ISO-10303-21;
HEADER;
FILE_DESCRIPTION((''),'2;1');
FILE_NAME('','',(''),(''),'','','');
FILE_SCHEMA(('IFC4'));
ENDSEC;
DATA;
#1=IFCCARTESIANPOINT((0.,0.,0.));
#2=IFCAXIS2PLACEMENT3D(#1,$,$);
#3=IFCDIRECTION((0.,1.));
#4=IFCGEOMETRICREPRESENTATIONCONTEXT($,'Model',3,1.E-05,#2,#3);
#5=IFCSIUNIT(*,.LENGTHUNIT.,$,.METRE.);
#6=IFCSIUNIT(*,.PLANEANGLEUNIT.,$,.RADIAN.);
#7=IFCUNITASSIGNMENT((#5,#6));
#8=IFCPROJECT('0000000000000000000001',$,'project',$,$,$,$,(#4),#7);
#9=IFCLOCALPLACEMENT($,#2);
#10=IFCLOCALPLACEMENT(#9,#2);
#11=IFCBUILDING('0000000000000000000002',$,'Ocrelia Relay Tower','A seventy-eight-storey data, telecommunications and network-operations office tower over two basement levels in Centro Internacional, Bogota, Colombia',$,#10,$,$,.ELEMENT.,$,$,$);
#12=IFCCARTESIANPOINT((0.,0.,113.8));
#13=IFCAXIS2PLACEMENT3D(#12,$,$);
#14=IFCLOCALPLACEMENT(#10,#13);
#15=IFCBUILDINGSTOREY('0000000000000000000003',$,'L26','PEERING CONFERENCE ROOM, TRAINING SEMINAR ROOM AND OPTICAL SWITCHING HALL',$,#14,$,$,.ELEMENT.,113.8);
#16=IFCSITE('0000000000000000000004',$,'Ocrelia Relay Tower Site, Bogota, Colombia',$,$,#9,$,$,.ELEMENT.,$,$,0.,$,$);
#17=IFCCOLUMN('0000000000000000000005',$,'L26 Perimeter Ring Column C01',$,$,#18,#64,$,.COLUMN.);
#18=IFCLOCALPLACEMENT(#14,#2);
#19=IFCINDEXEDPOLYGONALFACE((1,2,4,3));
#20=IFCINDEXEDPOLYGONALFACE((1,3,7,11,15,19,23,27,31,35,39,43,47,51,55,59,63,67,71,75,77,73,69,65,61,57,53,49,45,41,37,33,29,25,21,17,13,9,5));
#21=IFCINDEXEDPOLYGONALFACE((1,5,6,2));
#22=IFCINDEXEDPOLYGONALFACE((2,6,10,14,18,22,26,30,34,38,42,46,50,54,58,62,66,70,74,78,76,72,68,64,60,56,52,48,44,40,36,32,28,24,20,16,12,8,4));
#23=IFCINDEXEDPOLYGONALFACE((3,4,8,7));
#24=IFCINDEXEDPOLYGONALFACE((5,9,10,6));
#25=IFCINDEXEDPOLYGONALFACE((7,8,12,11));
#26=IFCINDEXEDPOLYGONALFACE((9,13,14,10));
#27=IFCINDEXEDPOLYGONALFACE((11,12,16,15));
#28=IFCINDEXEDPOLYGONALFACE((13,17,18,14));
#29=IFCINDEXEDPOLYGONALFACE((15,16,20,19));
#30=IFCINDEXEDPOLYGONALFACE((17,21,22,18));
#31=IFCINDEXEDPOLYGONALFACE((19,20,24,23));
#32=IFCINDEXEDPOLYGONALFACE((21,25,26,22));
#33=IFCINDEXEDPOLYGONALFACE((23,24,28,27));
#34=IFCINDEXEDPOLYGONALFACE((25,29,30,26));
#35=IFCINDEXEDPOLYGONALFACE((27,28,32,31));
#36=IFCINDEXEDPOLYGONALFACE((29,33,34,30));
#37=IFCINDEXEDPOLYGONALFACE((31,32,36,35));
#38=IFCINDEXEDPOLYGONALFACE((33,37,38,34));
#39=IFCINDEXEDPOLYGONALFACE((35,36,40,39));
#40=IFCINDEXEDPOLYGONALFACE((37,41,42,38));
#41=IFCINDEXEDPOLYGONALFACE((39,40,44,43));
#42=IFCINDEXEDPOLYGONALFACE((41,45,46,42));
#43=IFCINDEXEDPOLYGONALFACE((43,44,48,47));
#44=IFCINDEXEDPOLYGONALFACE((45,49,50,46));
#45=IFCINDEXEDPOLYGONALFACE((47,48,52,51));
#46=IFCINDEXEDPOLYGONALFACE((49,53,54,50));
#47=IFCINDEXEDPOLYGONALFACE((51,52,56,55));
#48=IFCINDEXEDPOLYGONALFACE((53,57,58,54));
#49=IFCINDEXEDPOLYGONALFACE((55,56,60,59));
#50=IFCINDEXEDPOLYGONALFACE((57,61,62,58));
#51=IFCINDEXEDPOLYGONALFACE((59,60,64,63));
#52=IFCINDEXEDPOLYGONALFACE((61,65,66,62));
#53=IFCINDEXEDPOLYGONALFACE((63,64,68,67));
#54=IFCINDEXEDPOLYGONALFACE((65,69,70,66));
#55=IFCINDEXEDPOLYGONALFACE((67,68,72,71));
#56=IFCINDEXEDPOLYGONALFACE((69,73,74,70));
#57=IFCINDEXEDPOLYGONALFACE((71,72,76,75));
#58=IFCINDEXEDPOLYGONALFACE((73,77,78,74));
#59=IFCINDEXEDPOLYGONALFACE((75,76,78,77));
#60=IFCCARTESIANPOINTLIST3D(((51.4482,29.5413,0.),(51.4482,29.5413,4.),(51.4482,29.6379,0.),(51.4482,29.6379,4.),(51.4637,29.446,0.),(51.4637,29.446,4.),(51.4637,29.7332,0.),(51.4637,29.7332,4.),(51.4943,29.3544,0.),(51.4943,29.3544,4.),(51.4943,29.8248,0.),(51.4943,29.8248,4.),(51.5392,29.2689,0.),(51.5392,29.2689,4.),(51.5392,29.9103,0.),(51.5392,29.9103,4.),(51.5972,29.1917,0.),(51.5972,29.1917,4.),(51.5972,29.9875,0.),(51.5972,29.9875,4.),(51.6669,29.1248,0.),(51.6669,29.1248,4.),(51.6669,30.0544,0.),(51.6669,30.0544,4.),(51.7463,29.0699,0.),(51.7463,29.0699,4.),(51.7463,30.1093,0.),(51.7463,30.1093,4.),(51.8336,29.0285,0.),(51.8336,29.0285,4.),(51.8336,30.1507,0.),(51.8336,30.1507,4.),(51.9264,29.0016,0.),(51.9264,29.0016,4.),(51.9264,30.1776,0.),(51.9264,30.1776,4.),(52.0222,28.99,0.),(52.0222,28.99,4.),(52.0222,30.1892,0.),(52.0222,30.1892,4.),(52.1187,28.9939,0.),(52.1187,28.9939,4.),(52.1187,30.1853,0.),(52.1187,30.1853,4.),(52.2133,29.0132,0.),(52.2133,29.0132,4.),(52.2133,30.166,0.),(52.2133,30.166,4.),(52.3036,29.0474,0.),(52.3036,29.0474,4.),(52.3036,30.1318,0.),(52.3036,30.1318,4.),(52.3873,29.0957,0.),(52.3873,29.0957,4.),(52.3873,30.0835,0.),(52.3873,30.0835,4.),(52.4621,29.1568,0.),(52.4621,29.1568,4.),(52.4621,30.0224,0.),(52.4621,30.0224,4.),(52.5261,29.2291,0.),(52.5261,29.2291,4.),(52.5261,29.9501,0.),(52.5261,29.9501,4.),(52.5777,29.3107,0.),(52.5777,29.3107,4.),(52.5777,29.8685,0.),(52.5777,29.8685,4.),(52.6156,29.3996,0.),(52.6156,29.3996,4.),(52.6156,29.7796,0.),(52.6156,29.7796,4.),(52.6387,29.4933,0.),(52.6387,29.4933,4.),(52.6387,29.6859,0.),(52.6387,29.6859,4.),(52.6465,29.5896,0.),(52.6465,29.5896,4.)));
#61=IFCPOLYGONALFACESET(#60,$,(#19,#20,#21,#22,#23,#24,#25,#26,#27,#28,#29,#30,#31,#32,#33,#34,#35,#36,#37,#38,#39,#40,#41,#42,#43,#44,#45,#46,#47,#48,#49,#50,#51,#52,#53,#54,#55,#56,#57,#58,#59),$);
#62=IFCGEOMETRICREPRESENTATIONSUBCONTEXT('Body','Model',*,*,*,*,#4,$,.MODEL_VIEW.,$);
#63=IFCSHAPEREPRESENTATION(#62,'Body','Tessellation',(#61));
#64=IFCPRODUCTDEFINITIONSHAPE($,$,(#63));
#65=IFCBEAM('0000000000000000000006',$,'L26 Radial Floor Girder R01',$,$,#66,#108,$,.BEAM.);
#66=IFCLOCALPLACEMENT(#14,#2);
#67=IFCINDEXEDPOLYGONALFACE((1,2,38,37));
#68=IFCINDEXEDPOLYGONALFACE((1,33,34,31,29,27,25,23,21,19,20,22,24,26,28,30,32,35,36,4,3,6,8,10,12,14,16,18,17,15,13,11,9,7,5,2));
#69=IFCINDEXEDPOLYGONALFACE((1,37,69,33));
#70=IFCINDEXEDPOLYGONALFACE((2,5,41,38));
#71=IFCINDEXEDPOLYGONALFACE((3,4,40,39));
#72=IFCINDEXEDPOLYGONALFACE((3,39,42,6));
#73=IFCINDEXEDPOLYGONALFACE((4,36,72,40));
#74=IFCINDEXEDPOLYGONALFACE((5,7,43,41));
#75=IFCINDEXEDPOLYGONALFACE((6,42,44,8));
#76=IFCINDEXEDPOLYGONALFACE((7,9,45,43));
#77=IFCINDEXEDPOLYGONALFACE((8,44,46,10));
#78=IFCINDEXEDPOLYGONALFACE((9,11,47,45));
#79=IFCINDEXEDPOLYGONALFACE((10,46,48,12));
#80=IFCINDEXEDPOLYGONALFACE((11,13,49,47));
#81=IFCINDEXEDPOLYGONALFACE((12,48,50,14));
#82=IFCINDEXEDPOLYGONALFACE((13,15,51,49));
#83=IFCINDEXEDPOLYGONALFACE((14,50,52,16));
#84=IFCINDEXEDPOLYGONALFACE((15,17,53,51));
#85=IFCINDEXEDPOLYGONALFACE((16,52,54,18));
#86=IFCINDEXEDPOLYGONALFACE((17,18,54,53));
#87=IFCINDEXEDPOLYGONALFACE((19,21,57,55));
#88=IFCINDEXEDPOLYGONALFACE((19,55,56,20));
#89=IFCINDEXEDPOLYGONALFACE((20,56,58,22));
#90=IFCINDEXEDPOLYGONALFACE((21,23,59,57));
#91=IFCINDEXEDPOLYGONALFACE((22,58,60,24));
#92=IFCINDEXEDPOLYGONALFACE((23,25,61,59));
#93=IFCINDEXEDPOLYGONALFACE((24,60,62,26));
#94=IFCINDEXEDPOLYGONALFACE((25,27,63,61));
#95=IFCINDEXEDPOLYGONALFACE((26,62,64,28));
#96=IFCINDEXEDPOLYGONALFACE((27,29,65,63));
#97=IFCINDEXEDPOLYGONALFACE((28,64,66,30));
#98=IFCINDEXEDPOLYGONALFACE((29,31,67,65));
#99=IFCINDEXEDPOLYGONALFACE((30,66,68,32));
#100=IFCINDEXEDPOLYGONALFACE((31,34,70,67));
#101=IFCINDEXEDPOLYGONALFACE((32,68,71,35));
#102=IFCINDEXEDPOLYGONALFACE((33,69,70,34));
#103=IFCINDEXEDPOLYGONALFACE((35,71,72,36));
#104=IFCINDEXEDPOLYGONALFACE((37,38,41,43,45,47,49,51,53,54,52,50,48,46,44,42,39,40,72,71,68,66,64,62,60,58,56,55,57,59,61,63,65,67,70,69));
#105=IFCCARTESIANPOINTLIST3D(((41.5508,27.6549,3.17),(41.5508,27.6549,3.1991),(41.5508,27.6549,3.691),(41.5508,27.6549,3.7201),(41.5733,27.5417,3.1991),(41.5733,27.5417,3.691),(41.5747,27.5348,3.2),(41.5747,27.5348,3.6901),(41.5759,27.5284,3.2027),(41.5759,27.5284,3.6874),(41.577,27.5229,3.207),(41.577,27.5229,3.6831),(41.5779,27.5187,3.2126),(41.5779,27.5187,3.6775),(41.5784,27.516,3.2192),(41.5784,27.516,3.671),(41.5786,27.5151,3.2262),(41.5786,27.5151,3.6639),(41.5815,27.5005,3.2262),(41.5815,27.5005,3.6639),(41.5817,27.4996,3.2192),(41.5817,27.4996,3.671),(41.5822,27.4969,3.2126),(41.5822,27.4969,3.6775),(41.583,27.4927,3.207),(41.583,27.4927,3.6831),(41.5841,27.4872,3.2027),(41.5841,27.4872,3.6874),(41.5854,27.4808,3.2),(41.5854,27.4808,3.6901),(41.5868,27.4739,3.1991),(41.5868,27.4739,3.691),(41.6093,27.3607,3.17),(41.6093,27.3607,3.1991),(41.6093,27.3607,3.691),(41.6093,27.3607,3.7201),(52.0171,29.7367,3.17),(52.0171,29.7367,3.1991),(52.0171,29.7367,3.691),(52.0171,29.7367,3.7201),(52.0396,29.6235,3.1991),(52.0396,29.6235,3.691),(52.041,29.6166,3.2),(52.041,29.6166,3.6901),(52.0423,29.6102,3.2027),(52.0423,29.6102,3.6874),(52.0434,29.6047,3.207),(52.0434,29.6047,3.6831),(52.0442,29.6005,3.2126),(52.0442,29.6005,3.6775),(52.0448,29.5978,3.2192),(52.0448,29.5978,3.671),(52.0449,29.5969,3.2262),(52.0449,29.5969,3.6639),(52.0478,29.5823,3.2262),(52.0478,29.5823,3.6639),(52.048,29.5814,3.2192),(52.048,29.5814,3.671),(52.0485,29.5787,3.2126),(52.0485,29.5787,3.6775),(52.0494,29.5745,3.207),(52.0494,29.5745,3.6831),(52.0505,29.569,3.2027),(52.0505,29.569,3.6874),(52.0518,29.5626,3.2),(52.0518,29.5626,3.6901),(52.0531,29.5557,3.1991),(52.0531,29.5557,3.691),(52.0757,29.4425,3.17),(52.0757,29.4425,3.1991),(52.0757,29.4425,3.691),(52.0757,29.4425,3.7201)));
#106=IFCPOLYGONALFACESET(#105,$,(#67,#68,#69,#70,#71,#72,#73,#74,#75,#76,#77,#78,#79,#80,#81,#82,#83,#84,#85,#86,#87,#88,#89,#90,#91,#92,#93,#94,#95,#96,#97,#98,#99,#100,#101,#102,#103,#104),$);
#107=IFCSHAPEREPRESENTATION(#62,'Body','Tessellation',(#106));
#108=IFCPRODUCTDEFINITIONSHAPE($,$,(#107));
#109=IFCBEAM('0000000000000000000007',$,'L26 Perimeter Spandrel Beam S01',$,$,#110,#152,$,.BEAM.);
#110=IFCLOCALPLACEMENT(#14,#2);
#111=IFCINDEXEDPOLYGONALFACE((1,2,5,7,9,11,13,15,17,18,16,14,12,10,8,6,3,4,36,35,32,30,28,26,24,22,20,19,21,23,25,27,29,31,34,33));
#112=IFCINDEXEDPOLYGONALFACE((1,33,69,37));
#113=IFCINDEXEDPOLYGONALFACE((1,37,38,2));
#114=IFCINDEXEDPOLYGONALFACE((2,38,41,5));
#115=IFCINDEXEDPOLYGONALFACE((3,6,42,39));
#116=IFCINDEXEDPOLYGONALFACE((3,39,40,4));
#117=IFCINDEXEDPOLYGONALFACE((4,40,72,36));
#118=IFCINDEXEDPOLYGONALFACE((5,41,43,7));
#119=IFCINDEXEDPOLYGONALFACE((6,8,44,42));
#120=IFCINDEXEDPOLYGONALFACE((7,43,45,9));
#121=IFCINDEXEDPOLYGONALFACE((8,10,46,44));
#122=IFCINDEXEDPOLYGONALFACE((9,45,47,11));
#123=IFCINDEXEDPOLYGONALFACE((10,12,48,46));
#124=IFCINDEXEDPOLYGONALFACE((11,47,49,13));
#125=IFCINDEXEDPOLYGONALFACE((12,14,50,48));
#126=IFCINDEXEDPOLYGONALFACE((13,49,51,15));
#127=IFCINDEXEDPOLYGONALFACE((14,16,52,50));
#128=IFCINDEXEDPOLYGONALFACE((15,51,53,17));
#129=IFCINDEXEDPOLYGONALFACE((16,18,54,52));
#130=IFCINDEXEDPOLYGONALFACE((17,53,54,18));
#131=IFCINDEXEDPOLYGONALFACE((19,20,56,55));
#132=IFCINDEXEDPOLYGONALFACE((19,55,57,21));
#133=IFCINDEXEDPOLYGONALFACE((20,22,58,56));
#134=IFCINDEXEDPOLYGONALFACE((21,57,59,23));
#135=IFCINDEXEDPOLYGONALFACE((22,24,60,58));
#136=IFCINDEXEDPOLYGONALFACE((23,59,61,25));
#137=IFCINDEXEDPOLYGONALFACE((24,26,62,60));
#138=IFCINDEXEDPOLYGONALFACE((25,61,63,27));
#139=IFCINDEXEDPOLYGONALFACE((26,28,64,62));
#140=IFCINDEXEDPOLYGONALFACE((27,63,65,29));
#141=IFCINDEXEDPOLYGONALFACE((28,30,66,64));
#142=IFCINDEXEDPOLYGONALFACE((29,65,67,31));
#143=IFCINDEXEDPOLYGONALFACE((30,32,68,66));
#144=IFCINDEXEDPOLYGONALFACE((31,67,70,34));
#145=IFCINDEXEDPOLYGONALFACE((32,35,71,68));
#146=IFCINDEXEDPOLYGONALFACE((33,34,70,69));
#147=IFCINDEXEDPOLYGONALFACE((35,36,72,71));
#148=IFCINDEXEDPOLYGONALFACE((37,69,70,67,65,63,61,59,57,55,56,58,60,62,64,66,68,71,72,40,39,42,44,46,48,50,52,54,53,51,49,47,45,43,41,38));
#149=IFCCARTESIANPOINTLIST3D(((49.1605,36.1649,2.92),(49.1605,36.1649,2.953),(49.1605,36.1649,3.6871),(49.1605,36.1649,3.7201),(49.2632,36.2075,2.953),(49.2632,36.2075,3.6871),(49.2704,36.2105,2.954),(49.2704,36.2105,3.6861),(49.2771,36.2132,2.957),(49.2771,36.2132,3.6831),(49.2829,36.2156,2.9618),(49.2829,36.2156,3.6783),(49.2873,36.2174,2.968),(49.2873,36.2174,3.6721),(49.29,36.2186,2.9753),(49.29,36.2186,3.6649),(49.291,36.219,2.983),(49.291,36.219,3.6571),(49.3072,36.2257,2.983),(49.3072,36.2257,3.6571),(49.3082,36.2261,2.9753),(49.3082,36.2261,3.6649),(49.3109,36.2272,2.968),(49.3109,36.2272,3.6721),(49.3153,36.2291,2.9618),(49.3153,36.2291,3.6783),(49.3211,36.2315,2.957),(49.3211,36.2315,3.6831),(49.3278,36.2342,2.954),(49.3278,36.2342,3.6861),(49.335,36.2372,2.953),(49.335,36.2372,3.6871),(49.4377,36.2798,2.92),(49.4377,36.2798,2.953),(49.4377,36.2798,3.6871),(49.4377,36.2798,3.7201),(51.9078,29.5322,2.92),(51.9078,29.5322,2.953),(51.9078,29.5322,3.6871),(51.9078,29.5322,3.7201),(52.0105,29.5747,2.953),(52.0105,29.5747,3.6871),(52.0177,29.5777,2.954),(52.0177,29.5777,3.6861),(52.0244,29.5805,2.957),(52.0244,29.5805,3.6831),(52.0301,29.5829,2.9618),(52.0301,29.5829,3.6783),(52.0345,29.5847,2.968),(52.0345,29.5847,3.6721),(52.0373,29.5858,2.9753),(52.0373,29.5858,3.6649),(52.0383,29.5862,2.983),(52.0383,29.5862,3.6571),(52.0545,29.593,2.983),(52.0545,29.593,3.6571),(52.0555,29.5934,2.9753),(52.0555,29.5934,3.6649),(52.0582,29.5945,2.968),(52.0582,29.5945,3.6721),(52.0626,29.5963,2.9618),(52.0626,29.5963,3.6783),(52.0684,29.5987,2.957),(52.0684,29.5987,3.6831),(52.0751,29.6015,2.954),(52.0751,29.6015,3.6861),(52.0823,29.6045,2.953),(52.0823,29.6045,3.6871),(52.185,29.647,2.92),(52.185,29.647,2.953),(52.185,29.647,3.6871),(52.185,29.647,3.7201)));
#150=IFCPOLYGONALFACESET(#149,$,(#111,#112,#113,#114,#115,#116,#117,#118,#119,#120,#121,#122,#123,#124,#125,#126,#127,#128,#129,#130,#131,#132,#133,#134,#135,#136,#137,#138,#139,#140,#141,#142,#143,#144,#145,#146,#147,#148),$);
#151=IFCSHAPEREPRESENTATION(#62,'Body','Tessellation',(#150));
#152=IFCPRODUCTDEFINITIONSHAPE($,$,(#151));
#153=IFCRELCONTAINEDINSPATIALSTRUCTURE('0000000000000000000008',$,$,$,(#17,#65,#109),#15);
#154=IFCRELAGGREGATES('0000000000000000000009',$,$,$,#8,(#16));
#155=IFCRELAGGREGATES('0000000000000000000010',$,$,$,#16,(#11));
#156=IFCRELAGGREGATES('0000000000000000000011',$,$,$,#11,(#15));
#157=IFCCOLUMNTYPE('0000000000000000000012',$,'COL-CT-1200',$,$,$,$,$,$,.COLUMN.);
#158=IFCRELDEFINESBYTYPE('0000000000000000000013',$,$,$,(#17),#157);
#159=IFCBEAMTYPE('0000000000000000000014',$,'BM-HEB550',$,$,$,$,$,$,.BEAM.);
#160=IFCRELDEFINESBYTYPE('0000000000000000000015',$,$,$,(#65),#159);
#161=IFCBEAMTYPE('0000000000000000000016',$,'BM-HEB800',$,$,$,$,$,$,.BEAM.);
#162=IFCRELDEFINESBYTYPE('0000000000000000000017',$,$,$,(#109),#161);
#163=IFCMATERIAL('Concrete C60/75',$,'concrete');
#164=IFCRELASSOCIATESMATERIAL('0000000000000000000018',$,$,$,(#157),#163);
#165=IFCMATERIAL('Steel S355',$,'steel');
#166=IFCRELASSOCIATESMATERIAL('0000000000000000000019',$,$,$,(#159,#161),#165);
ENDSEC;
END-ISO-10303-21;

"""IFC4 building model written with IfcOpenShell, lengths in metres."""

from ifc_helpers import new_model, si_unit, direction, frame, origin, origin_2d, place, context, subcontext, project, spatial, circle, i_section, extrude, material, material_profile, profile_set, type_object, element, save


model = new_model("IFC4")

# Units and contexts
model_context = context("Model", 3, precision=1e-05, world=origin(), true_north=direction((0.0, 1.0)))
body_context = subcontext(model_context, "Body", "Model", "MODEL_VIEW")
ifc_project = project(units=[si_unit("LENGTHUNIT", "METRE"), si_unit("PLANEANGLEUNIT", "RADIAN")], contexts=[model_context])

# Site, building, storey
site_placement = place(None, origin())
site = spatial("IfcSite", under=ifc_project, at=site_placement, Name="Ocrelia Relay Tower Site, Bogota, Colombia", CompositionType="ELEMENT", RefElevation=0.0)
building_placement = place(site_placement, origin())
building = spatial("IfcBuilding", under=site, at=building_placement, Name="Ocrelia Relay Tower", Description="A seventy-eight-storey data, telecommunications and network-operations office tower over two basement levels in Centro Internacional, Bogota, Colombia", CompositionType="ELEMENT")
storey_placement = place(building_placement, frame((0.0, 0.0, 113.8)))
storey = spatial("IfcBuildingStorey", under=building, at=storey_placement, Name="L26", Description="PEERING CONFERENCE ROOM, TRAINING SEMINAR ROOM AND OPTICAL SWITCHING HALL", CompositionType="ELEMENT", Elevation=113.8)

# Column
ifc_material_1 = material(Name="Concrete C60/75", Category="concrete")
ifc_material_profile_1 = material_profile(ifc_material_1, circle(Radius=0.6001, at=origin_2d()), Name="RC-CIR-1200")
ifc_profile_set_1 = profile_set([ifc_material_profile_1], Name="Concrete C60/75")
column_type = type_object("IfcColumnType", Name="COL-CT-1200", PredefinedType="COLUMN", material=ifc_profile_set_1)
column_placement = place(storey_placement, frame((52.0464, 29.5896, 0.0), z_axis=(0.0, 0.0, 1.0), x_axis=(1.0, 0.0, 0.0)))
element("IfcColumn", 1, at=column_placement, inside=storey, type_object=column_type, Name="L26 Perimeter Ring Column C01", PredefinedType="COLUMN", context=body_context, shape_type="SweptSolid", body=[
    extrude(circle(Radius=0.6001, at=origin_2d()), origin(), (0.0, 0.0, 1.0), 4.0),
])

# Beams
ifc_material_2 = material(Name="Steel S355", Category="steel")
ifc_material_profile_2 = material_profile(ifc_material_2, i_section(OverallWidth=0.3, OverallDepth=0.55, WebThickness=0.0149, FlangeThickness=0.0291, FilletRadius=0.0271, at=origin_2d()), Name="HEB 550")
ifc_profile_set_2 = profile_set([ifc_material_profile_2], Name="Steel S355")
beam_type_1 = type_object("IfcBeamType", Name="BM-HEB550", PredefinedType="BEAM", material=ifc_profile_set_2)
beam_1_placement = place(storey_placement, frame((52.0464, 29.5896, 3.4451), z_axis=(-0.980787, -0.195082, 0.0), x_axis=(0.195082, -0.980787, 0.0)))
element("IfcBeam", 2, at=beam_1_placement, inside=storey, type_object=beam_type_1, Name="L26 Radial Floor Girder R01", PredefinedType="BEAM", context=body_context, shape_type="SweptSolid", body=[
    extrude(i_section(OverallWidth=0.3, OverallDepth=0.55, WebThickness=0.0149, FlangeThickness=0.0291, FilletRadius=0.0271, at=origin_2d()), origin(), (0.0, 0.0, 1.0), 10.6714),
])
ifc_material_profile_3 = material_profile(ifc_material_2, i_section(OverallWidth=0.3, OverallDepth=0.8, WebThickness=0.0176, FlangeThickness=0.033, FilletRadius=0.03, at=origin_2d()), Name="HEB 800")
ifc_profile_set_3 = profile_set([ifc_material_profile_3], Name="Steel S355")
beam_type_2 = type_object("IfcBeamType", Name="BM-HEB800", PredefinedType="BEAM", material=ifc_profile_set_3)
beam_2_placement = place(storey_placement, frame((52.0464, 29.5896, 3.3201), z_axis=(-0.382673, 0.923884, 0.0), x_axis=(-0.923884, -0.382673, 0.0)))
element("IfcBeam", 3, at=beam_2_placement, inside=storey, type_object=beam_type_2, Name="L26 Perimeter Spandrel Beam S01", PredefinedType="BEAM", context=body_context, shape_type="SweptSolid", body=[
    extrude(i_section(OverallWidth=0.3, OverallDepth=0.8, WebThickness=0.0176, FlangeThickness=0.033, FilletRadius=0.03, at=origin_2d()), origin(), (0.0, 0.0, 1.0), 7.1792),
])

save(model, "model.ifc")
